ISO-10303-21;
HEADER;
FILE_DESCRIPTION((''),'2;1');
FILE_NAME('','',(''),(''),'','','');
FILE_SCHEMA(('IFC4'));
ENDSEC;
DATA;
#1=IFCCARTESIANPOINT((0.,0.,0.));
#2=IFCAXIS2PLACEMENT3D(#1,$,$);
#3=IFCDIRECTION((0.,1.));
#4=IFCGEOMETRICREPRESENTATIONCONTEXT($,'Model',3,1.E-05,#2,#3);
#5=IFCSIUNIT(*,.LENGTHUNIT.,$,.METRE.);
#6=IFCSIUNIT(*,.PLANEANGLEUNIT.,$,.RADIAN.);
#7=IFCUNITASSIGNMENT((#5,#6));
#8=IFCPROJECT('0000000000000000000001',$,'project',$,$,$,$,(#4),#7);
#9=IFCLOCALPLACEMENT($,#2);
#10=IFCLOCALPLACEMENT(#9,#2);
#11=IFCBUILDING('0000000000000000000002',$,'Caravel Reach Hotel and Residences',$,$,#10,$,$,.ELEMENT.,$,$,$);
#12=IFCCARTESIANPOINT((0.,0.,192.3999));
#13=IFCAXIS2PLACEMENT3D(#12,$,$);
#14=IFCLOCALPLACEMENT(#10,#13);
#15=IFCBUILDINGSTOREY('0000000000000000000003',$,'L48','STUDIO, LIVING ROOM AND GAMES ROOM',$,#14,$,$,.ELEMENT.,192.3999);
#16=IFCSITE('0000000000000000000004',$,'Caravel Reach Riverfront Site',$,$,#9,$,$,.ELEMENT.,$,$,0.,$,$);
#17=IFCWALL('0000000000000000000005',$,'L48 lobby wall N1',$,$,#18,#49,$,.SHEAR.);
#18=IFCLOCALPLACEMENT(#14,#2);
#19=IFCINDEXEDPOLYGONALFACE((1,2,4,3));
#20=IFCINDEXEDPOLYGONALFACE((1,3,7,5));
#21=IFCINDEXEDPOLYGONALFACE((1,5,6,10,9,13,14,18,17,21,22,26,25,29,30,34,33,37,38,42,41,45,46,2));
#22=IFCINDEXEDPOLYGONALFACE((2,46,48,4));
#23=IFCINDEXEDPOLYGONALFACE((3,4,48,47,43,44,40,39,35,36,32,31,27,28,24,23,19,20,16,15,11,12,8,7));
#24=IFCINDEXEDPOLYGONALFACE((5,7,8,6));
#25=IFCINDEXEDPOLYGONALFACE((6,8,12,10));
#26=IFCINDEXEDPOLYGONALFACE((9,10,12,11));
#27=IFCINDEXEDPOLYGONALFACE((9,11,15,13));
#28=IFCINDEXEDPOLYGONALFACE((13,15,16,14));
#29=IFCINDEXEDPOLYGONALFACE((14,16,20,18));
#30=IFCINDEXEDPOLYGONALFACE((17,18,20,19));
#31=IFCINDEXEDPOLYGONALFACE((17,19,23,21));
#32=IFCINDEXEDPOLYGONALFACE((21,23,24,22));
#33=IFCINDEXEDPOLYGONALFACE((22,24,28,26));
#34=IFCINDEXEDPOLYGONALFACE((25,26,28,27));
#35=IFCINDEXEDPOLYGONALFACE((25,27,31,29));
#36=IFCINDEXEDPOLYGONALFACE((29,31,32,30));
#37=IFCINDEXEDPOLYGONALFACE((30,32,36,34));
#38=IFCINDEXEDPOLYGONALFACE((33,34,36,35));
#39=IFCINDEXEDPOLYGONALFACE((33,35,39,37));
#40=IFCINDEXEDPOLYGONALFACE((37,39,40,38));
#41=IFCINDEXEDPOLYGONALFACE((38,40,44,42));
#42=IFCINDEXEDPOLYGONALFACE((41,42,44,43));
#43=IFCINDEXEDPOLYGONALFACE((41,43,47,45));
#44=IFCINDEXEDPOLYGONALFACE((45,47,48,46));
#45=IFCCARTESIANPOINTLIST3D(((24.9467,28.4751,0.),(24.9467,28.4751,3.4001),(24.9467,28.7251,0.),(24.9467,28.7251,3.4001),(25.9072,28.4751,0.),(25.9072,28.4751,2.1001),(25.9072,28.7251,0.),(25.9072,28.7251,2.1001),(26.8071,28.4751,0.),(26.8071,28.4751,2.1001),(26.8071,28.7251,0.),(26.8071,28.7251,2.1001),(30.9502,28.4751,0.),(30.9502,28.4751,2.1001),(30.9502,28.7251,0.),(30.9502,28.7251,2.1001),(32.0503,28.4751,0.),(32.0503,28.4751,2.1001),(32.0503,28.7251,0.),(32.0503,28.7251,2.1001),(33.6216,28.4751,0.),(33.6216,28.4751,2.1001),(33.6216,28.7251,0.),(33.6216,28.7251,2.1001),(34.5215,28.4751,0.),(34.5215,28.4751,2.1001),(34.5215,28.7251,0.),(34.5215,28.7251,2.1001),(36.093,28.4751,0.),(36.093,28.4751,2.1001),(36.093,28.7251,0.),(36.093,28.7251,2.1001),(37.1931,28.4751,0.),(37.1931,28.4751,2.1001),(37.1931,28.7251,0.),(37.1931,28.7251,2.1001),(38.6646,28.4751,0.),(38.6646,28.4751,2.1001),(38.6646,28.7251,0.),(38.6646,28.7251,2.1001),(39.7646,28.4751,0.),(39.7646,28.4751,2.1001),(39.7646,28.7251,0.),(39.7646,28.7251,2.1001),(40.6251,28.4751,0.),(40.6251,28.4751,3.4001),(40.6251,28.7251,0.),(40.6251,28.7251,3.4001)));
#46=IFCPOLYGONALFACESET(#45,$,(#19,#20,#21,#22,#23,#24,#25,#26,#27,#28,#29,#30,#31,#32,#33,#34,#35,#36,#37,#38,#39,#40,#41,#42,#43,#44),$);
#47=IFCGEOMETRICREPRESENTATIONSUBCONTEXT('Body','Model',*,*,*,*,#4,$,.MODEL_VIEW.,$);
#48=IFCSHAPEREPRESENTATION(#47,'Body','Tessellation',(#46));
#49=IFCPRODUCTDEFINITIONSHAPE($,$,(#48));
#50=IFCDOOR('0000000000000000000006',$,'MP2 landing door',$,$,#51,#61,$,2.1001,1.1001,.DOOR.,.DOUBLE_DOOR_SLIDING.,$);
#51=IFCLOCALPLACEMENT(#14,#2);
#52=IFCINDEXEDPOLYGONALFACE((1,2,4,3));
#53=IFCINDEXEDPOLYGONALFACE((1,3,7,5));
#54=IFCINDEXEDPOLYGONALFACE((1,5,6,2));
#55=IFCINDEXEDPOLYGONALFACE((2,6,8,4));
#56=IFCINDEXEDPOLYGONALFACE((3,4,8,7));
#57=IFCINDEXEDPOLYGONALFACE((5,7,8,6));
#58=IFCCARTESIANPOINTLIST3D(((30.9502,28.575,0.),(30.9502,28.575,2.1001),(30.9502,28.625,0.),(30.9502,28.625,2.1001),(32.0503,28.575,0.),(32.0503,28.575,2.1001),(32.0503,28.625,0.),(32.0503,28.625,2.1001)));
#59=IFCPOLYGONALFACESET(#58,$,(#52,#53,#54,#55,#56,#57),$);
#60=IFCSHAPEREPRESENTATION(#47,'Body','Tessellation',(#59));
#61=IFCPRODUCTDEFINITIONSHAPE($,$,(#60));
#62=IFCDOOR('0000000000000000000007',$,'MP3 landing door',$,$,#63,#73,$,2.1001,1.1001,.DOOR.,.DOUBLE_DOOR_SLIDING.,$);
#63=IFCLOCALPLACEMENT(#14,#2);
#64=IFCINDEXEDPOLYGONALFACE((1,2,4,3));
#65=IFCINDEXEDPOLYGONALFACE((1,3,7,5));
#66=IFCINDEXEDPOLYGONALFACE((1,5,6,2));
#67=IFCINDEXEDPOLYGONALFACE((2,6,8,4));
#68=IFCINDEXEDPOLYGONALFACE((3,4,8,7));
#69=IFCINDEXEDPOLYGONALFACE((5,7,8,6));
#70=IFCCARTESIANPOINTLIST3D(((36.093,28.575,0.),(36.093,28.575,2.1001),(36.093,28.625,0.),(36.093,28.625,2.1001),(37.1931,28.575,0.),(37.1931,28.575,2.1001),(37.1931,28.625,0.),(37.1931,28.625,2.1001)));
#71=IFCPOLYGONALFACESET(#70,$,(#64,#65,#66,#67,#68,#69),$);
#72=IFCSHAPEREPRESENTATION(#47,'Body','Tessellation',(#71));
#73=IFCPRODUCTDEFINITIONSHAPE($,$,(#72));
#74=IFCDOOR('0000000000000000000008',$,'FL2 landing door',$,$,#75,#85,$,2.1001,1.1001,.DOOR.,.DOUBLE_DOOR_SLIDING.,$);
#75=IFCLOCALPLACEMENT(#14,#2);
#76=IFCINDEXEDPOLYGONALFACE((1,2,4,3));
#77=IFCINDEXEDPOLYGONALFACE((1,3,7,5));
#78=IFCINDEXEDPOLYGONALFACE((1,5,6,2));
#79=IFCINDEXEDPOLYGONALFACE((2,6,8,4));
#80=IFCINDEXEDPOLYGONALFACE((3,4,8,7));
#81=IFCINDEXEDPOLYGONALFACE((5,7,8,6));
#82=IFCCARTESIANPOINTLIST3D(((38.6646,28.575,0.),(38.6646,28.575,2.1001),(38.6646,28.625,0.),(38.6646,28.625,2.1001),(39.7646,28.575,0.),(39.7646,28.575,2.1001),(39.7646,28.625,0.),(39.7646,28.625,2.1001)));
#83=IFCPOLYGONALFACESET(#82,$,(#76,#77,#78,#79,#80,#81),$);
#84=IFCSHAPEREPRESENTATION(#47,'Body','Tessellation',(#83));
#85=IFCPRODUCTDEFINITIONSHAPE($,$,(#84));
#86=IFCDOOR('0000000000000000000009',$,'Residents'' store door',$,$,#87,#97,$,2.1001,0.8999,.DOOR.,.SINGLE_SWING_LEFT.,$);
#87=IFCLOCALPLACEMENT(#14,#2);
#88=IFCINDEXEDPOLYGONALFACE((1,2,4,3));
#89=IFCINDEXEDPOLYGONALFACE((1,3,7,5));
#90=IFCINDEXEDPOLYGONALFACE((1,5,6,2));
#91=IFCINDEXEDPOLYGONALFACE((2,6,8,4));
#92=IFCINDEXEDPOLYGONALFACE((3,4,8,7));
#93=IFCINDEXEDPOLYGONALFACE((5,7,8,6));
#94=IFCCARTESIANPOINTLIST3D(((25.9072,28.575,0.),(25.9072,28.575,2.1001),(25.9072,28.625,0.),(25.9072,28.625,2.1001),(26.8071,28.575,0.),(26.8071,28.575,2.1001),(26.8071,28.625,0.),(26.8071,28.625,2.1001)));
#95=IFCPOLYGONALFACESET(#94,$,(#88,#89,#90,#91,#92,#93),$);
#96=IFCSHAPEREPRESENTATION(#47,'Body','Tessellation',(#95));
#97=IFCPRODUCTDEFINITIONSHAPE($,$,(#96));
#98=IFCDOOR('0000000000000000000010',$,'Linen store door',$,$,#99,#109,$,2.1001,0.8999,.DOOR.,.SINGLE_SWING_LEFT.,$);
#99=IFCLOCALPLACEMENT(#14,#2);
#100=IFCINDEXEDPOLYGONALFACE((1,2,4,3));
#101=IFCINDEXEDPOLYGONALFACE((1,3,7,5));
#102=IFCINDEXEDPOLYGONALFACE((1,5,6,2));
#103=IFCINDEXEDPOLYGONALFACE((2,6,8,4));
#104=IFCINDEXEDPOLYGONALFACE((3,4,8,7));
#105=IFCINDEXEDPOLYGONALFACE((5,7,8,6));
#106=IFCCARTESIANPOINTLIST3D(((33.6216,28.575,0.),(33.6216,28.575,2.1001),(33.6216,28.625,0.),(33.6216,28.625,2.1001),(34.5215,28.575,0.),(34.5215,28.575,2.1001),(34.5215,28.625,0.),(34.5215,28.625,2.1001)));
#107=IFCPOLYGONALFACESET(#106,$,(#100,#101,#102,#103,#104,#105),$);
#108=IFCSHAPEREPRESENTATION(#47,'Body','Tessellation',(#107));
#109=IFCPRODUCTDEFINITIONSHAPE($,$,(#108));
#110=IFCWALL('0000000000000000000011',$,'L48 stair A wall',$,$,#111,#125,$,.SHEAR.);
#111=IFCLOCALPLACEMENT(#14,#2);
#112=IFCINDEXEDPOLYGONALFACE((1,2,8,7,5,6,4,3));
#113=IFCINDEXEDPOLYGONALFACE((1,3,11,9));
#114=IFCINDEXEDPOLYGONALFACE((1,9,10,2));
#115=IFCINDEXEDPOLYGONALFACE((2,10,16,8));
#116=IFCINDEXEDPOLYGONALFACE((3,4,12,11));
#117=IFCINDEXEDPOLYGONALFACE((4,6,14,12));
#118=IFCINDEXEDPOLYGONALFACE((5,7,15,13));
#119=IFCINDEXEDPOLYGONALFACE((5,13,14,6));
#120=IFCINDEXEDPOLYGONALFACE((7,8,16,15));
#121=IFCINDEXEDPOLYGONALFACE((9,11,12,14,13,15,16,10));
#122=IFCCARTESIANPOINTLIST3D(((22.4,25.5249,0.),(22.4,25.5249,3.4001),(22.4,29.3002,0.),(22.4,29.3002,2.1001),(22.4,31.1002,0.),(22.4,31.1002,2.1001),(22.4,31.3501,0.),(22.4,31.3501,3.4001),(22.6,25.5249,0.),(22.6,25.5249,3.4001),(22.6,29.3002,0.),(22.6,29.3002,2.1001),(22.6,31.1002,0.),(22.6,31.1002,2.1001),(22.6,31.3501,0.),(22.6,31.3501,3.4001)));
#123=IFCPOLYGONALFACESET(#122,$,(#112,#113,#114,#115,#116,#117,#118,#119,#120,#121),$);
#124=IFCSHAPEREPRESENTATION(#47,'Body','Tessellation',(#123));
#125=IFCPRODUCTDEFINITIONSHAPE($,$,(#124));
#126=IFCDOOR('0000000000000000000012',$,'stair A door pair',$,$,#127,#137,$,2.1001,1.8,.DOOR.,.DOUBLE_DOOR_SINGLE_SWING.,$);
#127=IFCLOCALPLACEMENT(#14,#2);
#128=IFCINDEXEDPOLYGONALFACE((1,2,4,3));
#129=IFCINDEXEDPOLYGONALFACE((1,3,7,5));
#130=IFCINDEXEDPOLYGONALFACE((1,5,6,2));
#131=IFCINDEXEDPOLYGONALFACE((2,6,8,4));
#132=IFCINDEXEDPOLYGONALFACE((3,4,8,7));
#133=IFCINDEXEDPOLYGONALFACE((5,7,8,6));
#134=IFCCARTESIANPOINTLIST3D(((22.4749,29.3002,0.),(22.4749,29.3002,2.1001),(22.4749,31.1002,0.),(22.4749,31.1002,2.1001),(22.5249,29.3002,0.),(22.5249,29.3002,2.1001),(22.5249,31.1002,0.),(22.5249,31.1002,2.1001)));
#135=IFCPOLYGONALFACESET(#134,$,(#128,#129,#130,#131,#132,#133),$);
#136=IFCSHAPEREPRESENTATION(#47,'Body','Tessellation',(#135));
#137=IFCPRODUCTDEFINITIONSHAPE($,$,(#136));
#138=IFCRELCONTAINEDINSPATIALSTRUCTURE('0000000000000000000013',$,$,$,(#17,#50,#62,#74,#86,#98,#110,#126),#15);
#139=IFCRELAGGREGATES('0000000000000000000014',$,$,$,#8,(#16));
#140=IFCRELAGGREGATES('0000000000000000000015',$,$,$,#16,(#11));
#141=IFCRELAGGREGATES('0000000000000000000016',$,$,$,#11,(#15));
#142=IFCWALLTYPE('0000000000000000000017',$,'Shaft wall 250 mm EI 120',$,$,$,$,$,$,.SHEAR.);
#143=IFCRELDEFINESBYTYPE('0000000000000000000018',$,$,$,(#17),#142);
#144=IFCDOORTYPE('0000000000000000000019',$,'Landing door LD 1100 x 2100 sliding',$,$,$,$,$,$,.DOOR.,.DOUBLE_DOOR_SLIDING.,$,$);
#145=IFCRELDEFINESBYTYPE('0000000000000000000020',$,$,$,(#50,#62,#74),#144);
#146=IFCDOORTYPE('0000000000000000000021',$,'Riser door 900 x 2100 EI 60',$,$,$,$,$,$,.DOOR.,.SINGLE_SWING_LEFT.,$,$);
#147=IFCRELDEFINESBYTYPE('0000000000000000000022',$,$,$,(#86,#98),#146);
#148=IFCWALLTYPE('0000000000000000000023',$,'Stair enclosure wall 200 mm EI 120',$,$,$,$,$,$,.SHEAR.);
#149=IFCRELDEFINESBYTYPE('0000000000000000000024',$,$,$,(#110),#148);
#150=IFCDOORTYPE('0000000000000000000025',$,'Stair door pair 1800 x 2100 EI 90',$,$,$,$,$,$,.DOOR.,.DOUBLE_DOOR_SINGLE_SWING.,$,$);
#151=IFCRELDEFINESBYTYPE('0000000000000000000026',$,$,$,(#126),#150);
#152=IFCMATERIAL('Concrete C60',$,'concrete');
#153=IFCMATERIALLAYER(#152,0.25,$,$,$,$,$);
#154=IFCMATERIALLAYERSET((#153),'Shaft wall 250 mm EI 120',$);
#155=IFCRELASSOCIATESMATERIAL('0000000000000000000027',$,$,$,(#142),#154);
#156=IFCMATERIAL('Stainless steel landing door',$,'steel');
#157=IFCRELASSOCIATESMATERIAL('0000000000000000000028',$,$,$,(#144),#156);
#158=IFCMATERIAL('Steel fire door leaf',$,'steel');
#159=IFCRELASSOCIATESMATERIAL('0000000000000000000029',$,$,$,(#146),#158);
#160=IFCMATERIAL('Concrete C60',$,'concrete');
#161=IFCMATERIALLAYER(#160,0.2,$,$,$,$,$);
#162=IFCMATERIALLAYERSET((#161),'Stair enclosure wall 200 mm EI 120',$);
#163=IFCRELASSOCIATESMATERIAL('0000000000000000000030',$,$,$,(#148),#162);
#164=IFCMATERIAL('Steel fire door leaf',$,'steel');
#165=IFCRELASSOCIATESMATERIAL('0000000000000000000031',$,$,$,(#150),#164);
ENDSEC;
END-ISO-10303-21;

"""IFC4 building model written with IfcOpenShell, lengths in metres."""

from ifc_helpers import new_model, si_unit, direction, frame, frame_2d, origin, place, context, subcontext, project, spatial, rectangle, extrude, material, layer, layer_set, type_object, element, fill, save


model = new_model("IFC4")

# Units and contexts
model_context = context("Model", 3, precision=1e-05, world=origin(), true_north=direction((0.0, 1.0)))
body_context = subcontext(model_context, "Body", "Model", "MODEL_VIEW")
ifc_project = project(units=[si_unit("LENGTHUNIT", "METRE"), si_unit("PLANEANGLEUNIT", "RADIAN")], contexts=[model_context])

# Site, building, storey
site_placement = place(None, origin())
site = spatial("IfcSite", under=ifc_project, at=site_placement, Name="Caravel Reach Riverfront Site", CompositionType="ELEMENT", RefElevation=0.0)
building_placement = place(site_placement, origin())
building = spatial("IfcBuilding", under=site, at=building_placement, Name="Caravel Reach Hotel and Residences", CompositionType="ELEMENT")
storey_placement = place(building_placement, frame((0.0, 0.0, 192.3999)))
storey = spatial("IfcBuildingStorey", under=building, at=storey_placement, Name="L48", Description="STUDIO, LIVING ROOM AND GAMES ROOM", CompositionType="ELEMENT", Elevation=192.3999)

# Wall, openings, doors
ifc_material_1 = material(Name="Concrete C60", Category="concrete")
ifc_layer_1 = layer(ifc_material_1, 0.25)
ifc_layer_set_1 = layer_set([ifc_layer_1], Name="Shaft wall 250 mm EI 120")
wall_type_1 = type_object("IfcWallType", Name="Shaft wall 250 mm EI 120", PredefinedType="SHEAR", material=ifc_layer_set_1)
ifc_material_2 = material(Name="Stainless steel landing door", Category="steel")
door_type_1 = type_object("IfcDoorType", Name="Landing door LD 1100 x 2100 sliding", OperationType="DOUBLE_DOOR_SLIDING", PredefinedType="DOOR", material=ifc_material_2)
ifc_material_3 = material(Name="Steel fire door leaf", Category="steel")
door_type_2 = type_object("IfcDoorType", Name="Riser door 900 x 2100 EI 60", OperationType="SINGLE_SWING_LEFT", PredefinedType="DOOR", material=ifc_material_3)
wall_1_placement = place(storey_placement, frame((24.9465, 28.6001, 0.0), z_axis=(0.0, 0.0, 1.0), x_axis=(1.0, 0.0, 0.0)))
wall_1 = element("IfcWall", 1, at=wall_1_placement, inside=storey, type_object=wall_type_1, Name="L48 lobby wall N1", PredefinedType="SHEAR", context=body_context, shape_type="SweptSolid", body=[
    extrude(rectangle(XDim=15.6785, YDim=0.25, at=frame_2d((7.8394, 0.0))), origin(), (0.0, 0.0, 1.0), 3.4001),
])
opening_1_placement = place(wall_1_placement, frame((6.0037, 0.0, 0.0)))
opening_1 = element("IfcOpeningElement", 2, at=opening_1_placement, cuts=wall_1, PredefinedType="OPENING", context=body_context, shape_type="SweptSolid", body=[
    extrude(rectangle(XDim=1.1001, YDim=2.1001, at=frame_2d((0.55, 1.05))), frame((0.0, 0.135, 0.0), z_axis=(0.0, -1.0, 0.0), x_axis=(1.0, 0.0, 0.0)), (0.0, 0.0, 1.0), 0.27),
])
opening_2_placement = place(wall_1_placement, frame((11.1465, 0.0, 0.0)))
opening_2 = element("IfcOpeningElement", 3, at=opening_2_placement, cuts=wall_1, PredefinedType="OPENING", context=body_context, shape_type="SweptSolid", body=[
    extrude(rectangle(XDim=1.1001, YDim=2.1001, at=frame_2d((0.55, 1.05))), frame((0.0, 0.135, 0.0), z_axis=(0.0, -1.0, 0.0), x_axis=(1.0, 0.0, 0.0)), (0.0, 0.0, 1.0), 0.27),
])
opening_3_placement = place(wall_1_placement, frame((13.718, 0.0, 0.0)))
opening_3 = element("IfcOpeningElement", 4, at=opening_3_placement, cuts=wall_1, PredefinedType="OPENING", context=body_context, shape_type="SweptSolid", body=[
    extrude(rectangle(XDim=1.1001, YDim=2.1001, at=frame_2d((0.55, 1.05))), frame((0.0, 0.135, 0.0), z_axis=(0.0, -1.0, 0.0), x_axis=(1.0, 0.0, 0.0)), (0.0, 0.0, 1.0), 0.27),
])
opening_4_placement = place(wall_1_placement, frame((0.9607, 0.0, 0.0)))
opening_4 = element("IfcOpeningElement", 5, at=opening_4_placement, cuts=wall_1, PredefinedType="OPENING", context=body_context, shape_type="SweptSolid", body=[
    extrude(rectangle(XDim=0.8999, YDim=2.1001, at=frame_2d((0.45, 1.05))), frame((0.0, 0.135, 0.0), z_axis=(0.0, -1.0, 0.0), x_axis=(1.0, 0.0, 0.0)), (0.0, 0.0, 1.0), 0.27),
])
opening_5_placement = place(wall_1_placement, frame((8.675, 0.0, 0.0)))
opening_5 = element("IfcOpeningElement", 6, at=opening_5_placement, cuts=wall_1, PredefinedType="OPENING", context=body_context, shape_type="SweptSolid", body=[
    extrude(rectangle(XDim=0.8999, YDim=2.1001, at=frame_2d((0.45, 1.05))), frame((0.0, 0.135, 0.0), z_axis=(0.0, -1.0, 0.0), x_axis=(1.0, 0.0, 0.0)), (0.0, 0.0, 1.0), 0.27),
])
door_1_placement = place(opening_1_placement, origin())
door_1 = element("IfcDoor", 7, at=door_1_placement, inside=storey, type_object=door_type_1, Name="MP2 landing door", OperationType="DOUBLE_DOOR_SLIDING", OverallHeight=2.1001, OverallWidth=1.1001, PredefinedType="DOOR", context=body_context, shape_type="SweptSolid", body=[
    extrude(rectangle(XDim=1.1001, YDim=2.1001, at=frame_2d((0.55, 1.05))), frame((0.0, 0.0249, 0.0), z_axis=(0.0, -1.0, 0.0), x_axis=(1.0, 0.0, 0.0)), (0.0, 0.0, 1.0), 0.05),
])
fill(opening_1, door_1)
door_2_placement = place(opening_2_placement, origin())
door_2 = element("IfcDoor", 8, at=door_2_placement, inside=storey, type_object=door_type_1, Name="MP3 landing door", OperationType="DOUBLE_DOOR_SLIDING", OverallHeight=2.1001, OverallWidth=1.1001, PredefinedType="DOOR", context=body_context, shape_type="SweptSolid", body=[
    extrude(rectangle(XDim=1.1001, YDim=2.1001, at=frame_2d((0.55, 1.05))), frame((0.0, 0.0249, 0.0), z_axis=(0.0, -1.0, 0.0), x_axis=(1.0, 0.0, 0.0)), (0.0, 0.0, 1.0), 0.05),
])
fill(opening_2, door_2)
door_3_placement = place(opening_3_placement, origin())
door_3 = element("IfcDoor", 9, at=door_3_placement, inside=storey, type_object=door_type_1, Name="FL2 landing door", OperationType="DOUBLE_DOOR_SLIDING", OverallHeight=2.1001, OverallWidth=1.1001, PredefinedType="DOOR", context=body_context, shape_type="SweptSolid", body=[
    extrude(rectangle(XDim=1.1001, YDim=2.1001, at=frame_2d((0.55, 1.05))), frame((0.0, 0.0249, 0.0), z_axis=(0.0, -1.0, 0.0), x_axis=(1.0, 0.0, 0.0)), (0.0, 0.0, 1.0), 0.05),
])
fill(opening_3, door_3)
door_4_placement = place(opening_4_placement, origin())
door_4 = element("IfcDoor", 10, at=door_4_placement, inside=storey, type_object=door_type_2, Name="Residents' store door", OperationType="SINGLE_SWING_LEFT", OverallHeight=2.1001, OverallWidth=0.8999, PredefinedType="DOOR", context=body_context, shape_type="SweptSolid", body=[
    extrude(rectangle(XDim=0.8999, YDim=2.1001, at=frame_2d((0.45, 1.05))), frame((0.0, 0.0249, 0.0), z_axis=(0.0, -1.0, 0.0), x_axis=(1.0, 0.0, 0.0)), (0.0, 0.0, 1.0), 0.05),
])
fill(opening_4, door_4)
door_5_placement = place(opening_5_placement, origin())
door_5 = element("IfcDoor", 11, at=door_5_placement, inside=storey, type_object=door_type_2, Name="Linen store door", OperationType="SINGLE_SWING_LEFT", OverallHeight=2.1001, OverallWidth=0.8999, PredefinedType="DOOR", context=body_context, shape_type="SweptSolid", body=[
    extrude(rectangle(XDim=0.8999, YDim=2.1001, at=frame_2d((0.45, 1.05))), frame((0.0, 0.0249, 0.0), z_axis=(0.0, -1.0, 0.0), x_axis=(1.0, 0.0, 0.0)), (0.0, 0.0, 1.0), 0.05),
])
fill(opening_5, door_5)

# Wall, opening, door
ifc_material_4 = material(Name="Concrete C60", Category="concrete")
ifc_layer_2 = layer(ifc_material_4, 0.2)
ifc_layer_set_2 = layer_set([ifc_layer_2], Name="Stair enclosure wall 200 mm EI 120")
wall_type_2 = type_object("IfcWallType", Name="Stair enclosure wall 200 mm EI 120", PredefinedType="SHEAR", material=ifc_layer_set_2)
wall_2_placement = place(storey_placement, frame((22.5, 31.3501, 0.0), z_axis=(0.0, 0.0, 1.0), x_axis=(0.0, -1.0, 0.0)))
wall_2 = element("IfcWall", 12, at=wall_2_placement, inside=storey, type_object=wall_type_2, Name="L48 stair A wall", PredefinedType="SHEAR", context=body_context, shape_type="SweptSolid", body=[
    extrude(rectangle(XDim=5.8252, YDim=0.2, at=frame_2d((2.9126, 0.0))), origin(), (0.0, 0.0, 1.0), 3.4001),
])
opening_6_placement = place(wall_2_placement, frame((0.25, 0.0, 0.0)))
opening_6 = element("IfcOpeningElement", 13, at=opening_6_placement, cuts=wall_2, PredefinedType="OPENING", context=body_context, shape_type="SweptSolid", body=[
    extrude(rectangle(XDim=1.8, YDim=2.1001, at=frame_2d((0.8999, 1.05))), frame((0.0, 0.1099, 0.0), z_axis=(0.0, -1.0, 0.0), x_axis=(1.0, 0.0, 0.0)), (0.0, 0.0, 1.0), 0.22),
])
ifc_material_5 = material(Name="Steel fire door leaf", Category="steel")
door_type_3 = type_object("IfcDoorType", Name="Stair door pair 1800 x 2100 EI 90", OperationType="DOUBLE_DOOR_SINGLE_SWING", PredefinedType="DOOR", material=ifc_material_5)
door_6_placement = place(opening_6_placement, origin())
door_6 = element("IfcDoor", 14, at=door_6_placement, inside=storey, type_object=door_type_3, Name="stair A door pair", OperationType="DOUBLE_DOOR_SINGLE_SWING", OverallHeight=2.1001, OverallWidth=1.8, PredefinedType="DOOR", context=body_context, shape_type="SweptSolid", body=[
    extrude(rectangle(XDim=1.8, YDim=2.1001, at=frame_2d((0.8999, 1.05))), frame((0.0, 0.0249, 0.0), z_axis=(0.0, -1.0, 0.0), x_axis=(1.0, 0.0, 0.0)), (0.0, 0.0, 1.0), 0.05),
])
fill(opening_6, door_6)

save(model, "model.ifc")
